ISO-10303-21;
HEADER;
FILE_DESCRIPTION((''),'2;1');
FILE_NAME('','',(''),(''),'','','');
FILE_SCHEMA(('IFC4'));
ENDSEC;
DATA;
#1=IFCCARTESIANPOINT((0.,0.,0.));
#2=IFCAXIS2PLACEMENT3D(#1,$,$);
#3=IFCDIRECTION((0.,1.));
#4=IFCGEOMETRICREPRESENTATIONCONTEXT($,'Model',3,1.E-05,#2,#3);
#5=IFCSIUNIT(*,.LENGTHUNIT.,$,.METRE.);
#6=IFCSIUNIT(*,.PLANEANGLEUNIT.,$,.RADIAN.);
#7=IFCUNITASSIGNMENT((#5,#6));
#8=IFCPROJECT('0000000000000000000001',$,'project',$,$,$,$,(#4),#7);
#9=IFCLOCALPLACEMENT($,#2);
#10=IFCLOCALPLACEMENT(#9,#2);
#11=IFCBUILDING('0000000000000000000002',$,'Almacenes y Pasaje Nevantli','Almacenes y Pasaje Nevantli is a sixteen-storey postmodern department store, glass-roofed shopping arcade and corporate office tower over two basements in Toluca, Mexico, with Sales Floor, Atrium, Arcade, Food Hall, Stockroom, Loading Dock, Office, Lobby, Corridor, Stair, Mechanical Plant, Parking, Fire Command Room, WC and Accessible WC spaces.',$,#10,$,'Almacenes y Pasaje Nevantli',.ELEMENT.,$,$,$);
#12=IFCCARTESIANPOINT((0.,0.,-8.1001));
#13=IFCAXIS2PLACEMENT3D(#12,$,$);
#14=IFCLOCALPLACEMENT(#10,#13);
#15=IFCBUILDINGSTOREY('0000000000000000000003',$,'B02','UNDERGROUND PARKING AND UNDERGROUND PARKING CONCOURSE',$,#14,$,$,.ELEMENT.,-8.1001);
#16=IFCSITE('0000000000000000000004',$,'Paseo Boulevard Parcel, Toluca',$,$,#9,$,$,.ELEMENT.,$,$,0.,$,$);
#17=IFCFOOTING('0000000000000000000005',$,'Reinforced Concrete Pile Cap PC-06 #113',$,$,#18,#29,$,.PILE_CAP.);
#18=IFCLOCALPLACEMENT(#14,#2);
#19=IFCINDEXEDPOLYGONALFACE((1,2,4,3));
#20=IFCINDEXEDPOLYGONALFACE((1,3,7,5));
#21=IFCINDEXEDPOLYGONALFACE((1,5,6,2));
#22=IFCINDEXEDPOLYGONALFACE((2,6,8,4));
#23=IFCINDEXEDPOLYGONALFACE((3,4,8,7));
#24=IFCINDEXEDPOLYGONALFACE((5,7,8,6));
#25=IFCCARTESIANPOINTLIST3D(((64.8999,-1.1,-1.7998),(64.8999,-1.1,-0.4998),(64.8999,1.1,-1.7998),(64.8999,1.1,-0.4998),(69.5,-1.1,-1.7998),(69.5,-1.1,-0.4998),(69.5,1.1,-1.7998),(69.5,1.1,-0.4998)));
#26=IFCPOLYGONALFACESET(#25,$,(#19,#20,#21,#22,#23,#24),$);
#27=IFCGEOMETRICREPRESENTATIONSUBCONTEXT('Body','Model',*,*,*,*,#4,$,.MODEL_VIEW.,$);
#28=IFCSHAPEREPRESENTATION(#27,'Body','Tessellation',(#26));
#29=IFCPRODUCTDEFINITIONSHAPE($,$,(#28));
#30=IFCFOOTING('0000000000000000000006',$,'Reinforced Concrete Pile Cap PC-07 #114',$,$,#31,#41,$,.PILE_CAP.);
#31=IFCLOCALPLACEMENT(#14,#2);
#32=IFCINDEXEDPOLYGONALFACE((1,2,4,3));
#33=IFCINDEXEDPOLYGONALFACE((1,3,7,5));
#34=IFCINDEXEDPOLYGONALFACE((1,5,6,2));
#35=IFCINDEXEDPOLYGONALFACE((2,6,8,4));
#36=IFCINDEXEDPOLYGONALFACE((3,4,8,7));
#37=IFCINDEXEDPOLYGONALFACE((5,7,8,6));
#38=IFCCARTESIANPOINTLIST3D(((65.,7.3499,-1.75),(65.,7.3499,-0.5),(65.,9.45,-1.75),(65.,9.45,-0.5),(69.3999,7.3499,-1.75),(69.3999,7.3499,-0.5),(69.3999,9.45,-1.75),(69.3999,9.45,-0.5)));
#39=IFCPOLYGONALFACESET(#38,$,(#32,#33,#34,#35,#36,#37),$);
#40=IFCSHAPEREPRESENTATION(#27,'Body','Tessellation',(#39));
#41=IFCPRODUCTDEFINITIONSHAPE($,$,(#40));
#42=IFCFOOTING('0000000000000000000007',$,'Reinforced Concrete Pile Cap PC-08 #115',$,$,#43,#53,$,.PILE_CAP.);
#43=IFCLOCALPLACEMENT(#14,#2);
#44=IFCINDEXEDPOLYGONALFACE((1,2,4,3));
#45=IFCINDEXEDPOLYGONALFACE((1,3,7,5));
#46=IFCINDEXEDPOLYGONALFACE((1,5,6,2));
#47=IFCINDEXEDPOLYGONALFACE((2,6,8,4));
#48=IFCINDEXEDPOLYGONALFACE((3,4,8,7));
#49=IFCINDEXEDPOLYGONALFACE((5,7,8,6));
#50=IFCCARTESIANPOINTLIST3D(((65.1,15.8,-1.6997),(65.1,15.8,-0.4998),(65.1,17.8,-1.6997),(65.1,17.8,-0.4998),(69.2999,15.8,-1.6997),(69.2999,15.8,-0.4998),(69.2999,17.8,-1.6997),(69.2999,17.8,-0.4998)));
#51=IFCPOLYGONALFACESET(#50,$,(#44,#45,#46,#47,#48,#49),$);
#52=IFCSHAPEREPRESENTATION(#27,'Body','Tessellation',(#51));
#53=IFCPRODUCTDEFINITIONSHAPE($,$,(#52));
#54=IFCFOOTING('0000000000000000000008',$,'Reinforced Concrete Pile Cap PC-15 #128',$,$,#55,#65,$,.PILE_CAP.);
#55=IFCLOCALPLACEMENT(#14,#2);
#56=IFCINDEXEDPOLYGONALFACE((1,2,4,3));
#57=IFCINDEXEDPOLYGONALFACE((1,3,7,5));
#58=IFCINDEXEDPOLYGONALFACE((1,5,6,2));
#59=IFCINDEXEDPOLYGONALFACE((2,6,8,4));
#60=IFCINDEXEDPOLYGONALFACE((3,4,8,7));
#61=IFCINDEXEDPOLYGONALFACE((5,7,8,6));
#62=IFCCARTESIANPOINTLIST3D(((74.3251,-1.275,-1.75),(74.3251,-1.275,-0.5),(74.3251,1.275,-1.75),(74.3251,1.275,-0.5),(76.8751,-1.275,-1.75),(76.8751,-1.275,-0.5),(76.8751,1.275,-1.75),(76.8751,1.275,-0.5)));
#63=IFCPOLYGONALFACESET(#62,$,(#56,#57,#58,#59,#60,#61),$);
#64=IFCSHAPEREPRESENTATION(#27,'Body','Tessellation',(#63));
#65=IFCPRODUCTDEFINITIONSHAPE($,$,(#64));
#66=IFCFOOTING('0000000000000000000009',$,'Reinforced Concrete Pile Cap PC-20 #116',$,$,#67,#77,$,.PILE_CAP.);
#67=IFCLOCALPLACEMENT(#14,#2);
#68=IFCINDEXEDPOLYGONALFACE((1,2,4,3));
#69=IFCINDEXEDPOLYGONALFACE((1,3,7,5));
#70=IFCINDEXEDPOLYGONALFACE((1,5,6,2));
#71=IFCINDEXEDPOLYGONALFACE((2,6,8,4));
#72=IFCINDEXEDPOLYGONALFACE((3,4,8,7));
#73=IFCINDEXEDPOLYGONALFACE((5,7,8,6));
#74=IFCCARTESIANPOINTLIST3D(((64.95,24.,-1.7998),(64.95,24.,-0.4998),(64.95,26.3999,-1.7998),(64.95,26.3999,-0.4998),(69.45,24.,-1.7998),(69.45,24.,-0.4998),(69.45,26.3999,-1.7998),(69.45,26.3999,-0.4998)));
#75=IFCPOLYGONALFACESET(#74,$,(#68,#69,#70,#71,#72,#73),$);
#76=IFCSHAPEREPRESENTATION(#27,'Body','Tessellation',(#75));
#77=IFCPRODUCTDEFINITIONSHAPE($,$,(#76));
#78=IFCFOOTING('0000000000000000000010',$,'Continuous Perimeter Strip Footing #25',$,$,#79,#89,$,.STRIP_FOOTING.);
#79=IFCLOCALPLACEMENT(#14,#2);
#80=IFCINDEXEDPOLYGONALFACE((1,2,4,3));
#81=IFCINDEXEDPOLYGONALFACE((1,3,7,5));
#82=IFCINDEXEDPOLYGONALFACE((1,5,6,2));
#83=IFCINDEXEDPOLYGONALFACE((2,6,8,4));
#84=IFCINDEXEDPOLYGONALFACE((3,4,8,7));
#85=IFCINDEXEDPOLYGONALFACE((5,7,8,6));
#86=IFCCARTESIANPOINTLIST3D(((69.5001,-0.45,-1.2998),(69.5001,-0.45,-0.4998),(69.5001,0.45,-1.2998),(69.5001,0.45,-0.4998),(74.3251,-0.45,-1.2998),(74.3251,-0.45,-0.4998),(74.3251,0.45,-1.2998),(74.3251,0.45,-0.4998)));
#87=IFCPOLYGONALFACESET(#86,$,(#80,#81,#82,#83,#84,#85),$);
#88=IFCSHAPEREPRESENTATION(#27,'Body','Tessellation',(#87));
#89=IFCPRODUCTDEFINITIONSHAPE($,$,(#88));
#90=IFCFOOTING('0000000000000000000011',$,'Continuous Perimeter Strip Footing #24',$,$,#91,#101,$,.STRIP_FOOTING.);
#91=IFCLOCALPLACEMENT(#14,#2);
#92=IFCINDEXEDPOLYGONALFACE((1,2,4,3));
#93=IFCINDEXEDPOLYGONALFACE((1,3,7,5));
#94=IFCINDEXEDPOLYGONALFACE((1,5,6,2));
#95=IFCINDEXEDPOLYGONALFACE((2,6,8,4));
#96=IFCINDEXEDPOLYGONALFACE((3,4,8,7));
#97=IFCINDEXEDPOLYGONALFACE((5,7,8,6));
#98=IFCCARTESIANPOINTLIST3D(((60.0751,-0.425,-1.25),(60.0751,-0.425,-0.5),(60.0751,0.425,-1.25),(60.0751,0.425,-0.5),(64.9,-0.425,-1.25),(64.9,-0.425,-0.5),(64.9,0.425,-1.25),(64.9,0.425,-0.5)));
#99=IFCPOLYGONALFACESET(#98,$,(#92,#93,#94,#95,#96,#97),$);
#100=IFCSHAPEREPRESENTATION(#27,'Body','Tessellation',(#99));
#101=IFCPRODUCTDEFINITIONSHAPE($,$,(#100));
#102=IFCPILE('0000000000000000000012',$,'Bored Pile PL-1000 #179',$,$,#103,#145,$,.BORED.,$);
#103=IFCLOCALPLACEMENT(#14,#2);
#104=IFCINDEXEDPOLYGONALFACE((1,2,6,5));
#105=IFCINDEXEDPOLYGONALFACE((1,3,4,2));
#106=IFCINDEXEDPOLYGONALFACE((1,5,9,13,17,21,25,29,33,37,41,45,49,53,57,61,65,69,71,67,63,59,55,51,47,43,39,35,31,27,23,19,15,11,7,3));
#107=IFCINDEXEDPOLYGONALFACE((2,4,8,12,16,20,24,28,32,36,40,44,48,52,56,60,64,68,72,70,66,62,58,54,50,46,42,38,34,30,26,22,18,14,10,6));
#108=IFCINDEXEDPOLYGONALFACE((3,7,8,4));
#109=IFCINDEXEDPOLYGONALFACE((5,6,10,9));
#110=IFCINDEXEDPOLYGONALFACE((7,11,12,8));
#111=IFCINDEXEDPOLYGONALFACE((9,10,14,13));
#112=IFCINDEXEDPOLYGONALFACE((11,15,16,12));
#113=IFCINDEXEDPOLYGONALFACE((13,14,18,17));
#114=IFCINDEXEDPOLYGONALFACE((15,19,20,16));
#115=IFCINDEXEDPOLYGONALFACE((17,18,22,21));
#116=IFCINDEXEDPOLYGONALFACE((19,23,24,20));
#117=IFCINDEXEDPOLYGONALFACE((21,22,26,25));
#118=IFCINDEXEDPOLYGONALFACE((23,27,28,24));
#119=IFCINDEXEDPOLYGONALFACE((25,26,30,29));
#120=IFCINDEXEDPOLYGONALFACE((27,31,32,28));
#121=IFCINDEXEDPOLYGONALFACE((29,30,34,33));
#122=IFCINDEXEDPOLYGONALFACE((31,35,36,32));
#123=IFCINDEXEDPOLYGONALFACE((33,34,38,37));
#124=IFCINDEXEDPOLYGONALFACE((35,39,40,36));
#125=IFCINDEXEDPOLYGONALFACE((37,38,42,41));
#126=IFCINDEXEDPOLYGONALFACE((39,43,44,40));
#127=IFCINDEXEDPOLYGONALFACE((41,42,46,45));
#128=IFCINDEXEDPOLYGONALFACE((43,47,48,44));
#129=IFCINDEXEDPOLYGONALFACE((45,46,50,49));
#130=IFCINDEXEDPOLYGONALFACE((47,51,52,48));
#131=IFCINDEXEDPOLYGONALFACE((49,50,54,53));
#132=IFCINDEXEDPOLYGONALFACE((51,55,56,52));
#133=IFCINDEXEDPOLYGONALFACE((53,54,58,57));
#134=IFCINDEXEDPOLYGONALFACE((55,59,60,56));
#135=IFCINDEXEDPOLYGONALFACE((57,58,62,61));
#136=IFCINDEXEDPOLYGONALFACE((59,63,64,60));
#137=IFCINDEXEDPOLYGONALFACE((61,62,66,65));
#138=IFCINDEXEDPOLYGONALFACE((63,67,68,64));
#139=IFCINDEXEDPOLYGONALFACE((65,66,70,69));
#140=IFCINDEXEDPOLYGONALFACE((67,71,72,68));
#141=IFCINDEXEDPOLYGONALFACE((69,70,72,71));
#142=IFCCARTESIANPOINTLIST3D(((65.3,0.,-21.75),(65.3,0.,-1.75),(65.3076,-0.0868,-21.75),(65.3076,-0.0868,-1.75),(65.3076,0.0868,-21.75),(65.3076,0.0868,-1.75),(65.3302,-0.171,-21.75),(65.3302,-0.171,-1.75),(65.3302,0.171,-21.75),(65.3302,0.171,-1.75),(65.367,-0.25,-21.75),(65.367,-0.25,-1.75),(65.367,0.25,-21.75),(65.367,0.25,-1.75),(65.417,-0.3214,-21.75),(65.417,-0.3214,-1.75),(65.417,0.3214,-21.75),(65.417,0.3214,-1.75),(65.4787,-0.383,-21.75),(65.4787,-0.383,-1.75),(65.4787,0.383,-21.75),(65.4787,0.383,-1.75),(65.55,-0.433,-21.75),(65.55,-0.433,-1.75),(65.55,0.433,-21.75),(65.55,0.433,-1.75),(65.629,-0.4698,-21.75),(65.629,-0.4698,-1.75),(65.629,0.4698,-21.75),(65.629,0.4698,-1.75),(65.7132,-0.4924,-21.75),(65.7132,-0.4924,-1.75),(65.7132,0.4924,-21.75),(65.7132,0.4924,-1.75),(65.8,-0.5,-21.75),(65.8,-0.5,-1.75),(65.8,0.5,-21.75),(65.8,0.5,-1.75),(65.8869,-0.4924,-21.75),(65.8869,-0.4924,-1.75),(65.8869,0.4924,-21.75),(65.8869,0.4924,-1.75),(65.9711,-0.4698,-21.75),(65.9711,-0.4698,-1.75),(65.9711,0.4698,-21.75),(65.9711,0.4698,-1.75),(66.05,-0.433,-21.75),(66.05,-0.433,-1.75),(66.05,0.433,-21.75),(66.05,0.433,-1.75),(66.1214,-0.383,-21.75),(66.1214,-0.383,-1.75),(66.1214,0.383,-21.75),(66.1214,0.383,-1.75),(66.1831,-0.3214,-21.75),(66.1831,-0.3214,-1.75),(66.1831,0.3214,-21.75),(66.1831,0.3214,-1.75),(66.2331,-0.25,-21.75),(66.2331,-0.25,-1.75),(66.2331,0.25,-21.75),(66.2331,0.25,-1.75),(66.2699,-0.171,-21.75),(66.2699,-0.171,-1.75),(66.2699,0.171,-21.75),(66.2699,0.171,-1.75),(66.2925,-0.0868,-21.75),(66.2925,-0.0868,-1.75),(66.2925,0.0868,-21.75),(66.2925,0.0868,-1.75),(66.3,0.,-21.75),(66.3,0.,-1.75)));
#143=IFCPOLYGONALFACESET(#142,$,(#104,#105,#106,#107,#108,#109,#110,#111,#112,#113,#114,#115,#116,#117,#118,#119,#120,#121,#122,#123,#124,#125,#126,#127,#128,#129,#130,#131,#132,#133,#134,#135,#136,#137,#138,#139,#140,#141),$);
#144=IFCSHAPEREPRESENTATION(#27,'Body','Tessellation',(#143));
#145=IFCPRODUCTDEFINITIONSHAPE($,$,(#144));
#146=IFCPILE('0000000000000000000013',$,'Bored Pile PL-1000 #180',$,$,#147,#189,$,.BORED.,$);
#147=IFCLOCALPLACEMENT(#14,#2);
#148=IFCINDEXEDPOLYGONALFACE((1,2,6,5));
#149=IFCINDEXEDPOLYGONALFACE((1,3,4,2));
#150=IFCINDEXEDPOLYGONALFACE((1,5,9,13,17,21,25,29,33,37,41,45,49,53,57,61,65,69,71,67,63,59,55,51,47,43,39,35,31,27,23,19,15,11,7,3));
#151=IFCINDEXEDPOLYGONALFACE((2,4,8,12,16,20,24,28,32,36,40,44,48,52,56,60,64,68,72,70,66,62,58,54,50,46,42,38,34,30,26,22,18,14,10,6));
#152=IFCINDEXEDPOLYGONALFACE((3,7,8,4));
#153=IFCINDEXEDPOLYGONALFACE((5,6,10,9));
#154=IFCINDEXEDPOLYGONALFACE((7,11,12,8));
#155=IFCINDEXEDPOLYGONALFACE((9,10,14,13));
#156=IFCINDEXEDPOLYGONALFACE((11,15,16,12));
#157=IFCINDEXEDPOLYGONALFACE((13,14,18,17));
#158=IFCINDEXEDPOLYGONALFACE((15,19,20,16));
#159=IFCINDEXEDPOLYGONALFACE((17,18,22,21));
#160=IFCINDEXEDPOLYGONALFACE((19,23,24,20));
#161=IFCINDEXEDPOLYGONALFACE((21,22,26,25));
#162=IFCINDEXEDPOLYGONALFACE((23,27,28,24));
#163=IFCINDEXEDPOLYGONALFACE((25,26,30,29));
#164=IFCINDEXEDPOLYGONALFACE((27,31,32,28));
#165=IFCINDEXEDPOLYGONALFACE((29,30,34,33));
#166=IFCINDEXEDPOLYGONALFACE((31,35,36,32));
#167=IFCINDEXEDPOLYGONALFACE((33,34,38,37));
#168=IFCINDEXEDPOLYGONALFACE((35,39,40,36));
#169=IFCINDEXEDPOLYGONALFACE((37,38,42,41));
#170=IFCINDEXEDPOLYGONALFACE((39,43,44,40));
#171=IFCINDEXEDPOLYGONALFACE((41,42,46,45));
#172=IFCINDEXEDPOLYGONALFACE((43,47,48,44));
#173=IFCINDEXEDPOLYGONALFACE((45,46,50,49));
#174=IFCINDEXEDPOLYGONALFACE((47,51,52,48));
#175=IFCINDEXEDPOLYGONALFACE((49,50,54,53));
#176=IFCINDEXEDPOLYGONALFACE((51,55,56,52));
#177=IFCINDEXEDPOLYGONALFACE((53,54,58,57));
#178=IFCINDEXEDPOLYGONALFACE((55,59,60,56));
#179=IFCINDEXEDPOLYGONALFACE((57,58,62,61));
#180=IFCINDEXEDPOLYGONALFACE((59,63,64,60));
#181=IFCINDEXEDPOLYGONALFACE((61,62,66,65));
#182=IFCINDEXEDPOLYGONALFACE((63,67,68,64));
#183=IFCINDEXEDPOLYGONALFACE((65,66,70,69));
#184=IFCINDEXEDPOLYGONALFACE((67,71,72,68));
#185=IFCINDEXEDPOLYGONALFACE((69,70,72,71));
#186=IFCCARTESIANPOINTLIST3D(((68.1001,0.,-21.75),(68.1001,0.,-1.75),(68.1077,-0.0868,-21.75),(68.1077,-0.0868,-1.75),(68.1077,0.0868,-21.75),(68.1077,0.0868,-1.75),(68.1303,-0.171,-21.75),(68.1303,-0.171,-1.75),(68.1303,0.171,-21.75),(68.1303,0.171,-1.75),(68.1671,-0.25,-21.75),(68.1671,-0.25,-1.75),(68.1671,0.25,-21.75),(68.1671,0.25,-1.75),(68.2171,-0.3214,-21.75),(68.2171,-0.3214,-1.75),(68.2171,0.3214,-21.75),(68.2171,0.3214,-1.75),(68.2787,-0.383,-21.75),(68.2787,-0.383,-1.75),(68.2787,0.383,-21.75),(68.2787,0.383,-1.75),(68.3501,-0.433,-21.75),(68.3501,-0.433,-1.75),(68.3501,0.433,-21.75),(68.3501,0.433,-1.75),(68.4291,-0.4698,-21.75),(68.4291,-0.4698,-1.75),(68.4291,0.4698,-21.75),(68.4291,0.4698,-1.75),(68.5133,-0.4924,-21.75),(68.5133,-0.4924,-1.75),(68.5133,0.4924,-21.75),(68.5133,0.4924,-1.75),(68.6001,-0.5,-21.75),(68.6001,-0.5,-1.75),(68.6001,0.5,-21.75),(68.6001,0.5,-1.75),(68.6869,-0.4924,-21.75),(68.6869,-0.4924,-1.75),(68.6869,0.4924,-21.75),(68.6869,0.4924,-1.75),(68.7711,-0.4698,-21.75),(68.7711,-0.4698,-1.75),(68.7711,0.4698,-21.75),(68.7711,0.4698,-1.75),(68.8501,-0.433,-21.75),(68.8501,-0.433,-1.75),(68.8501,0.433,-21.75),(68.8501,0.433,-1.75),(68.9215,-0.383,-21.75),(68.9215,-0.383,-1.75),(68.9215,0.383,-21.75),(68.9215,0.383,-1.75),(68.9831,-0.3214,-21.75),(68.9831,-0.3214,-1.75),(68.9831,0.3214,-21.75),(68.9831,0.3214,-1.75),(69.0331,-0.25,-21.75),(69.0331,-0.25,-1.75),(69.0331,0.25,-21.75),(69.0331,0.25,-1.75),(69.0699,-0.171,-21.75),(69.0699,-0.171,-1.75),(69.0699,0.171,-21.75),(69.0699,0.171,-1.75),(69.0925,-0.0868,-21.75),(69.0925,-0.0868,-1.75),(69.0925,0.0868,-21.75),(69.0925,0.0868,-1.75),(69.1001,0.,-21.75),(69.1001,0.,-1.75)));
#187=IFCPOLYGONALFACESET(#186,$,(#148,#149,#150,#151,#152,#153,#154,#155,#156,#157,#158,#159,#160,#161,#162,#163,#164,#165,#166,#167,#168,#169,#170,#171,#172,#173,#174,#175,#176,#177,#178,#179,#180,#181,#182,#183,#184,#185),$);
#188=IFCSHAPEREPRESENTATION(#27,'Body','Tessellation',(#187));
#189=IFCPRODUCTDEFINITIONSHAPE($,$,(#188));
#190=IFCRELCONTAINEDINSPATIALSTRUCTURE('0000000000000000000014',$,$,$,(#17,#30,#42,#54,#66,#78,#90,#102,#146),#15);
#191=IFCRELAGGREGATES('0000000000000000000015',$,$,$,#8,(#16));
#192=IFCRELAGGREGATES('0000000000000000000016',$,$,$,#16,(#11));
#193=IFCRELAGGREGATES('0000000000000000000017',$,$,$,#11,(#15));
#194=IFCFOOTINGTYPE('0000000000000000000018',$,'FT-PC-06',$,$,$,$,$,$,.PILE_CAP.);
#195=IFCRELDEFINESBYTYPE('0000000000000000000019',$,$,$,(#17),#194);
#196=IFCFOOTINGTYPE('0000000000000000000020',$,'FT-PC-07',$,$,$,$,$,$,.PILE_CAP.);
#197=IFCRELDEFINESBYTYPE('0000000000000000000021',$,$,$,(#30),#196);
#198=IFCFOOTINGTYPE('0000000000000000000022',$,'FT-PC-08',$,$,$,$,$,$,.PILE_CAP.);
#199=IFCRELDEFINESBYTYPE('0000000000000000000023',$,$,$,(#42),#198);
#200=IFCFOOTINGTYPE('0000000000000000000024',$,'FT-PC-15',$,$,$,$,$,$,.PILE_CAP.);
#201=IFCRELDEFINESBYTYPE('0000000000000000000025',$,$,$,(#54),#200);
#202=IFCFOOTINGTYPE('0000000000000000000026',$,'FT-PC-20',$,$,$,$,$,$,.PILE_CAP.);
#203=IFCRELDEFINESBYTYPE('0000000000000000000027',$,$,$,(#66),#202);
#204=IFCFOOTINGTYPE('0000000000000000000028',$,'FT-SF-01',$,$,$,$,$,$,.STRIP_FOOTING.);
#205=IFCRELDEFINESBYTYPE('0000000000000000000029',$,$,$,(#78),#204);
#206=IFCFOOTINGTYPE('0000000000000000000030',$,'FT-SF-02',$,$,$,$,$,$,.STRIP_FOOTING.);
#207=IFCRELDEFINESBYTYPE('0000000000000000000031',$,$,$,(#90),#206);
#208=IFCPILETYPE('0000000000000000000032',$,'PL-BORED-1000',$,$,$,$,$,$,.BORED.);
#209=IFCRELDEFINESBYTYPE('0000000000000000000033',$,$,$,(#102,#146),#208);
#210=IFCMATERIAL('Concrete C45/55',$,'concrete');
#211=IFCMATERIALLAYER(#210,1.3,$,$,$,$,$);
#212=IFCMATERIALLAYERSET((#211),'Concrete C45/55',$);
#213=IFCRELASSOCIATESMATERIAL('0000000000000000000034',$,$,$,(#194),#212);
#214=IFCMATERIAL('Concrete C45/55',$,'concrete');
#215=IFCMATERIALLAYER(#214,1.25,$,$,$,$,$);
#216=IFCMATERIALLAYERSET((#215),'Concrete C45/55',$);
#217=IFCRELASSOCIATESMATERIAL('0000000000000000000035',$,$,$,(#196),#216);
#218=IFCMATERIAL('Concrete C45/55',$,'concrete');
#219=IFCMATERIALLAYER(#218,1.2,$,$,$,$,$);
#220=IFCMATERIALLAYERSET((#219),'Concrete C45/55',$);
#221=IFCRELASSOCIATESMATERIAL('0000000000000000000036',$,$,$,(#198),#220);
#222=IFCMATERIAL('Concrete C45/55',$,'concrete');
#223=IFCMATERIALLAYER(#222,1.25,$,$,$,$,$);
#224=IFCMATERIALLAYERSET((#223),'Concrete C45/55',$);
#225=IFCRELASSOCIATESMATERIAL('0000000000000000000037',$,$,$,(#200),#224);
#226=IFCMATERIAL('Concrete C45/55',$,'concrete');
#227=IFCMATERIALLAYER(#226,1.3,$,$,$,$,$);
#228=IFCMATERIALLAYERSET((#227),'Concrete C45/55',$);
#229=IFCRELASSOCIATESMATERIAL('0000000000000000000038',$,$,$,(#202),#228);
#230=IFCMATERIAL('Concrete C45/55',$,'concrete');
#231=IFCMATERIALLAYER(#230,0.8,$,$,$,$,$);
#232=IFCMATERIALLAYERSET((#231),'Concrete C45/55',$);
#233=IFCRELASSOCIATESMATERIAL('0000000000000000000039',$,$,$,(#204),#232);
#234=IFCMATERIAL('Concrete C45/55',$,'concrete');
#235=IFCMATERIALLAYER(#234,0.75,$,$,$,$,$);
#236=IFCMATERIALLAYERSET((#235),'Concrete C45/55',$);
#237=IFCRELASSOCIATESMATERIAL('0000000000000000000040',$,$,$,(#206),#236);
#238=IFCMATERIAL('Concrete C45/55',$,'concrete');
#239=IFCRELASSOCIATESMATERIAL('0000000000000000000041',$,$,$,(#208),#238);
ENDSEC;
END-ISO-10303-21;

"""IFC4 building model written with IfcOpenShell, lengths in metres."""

from ifc_helpers import new_model, si_unit, direction, frame, origin, origin_2d, place, context, subcontext, project, spatial, rectangle, circle, extrude, material, layer, layer_set, material_profile, profile_set, type_object, element, save


model = new_model("IFC4")

# Units and contexts
model_context = context("Model", 3, precision=1e-05, world=origin(), true_north=direction((0.0, 1.0)))
body_context = subcontext(model_context, "Body", "Model", "MODEL_VIEW")
ifc_project = project(units=[si_unit("LENGTHUNIT", "METRE"), si_unit("PLANEANGLEUNIT", "RADIAN")], contexts=[model_context])

# Site, building, storey
site_placement = place(None, origin())
site = spatial("IfcSite", under=ifc_project, at=site_placement, Name="Paseo Boulevard Parcel, Toluca", CompositionType="ELEMENT", RefElevation=0.0)
building_placement = place(site_placement, origin())
building = spatial("IfcBuilding", under=site, at=building_placement, Name="Almacenes y Pasaje Nevantli", Description="Almacenes y Pasaje Nevantli is a sixteen-storey postmodern department store, glass-roofed shopping arcade and corporate office tower over two basements in Toluca, Mexico, with Sales Floor, Atrium, Arcade, Food Hall, Stockroom, Loading Dock, Office, Lobby, Corridor, Stair, Mechanical Plant, Parking, Fire Command Room, WC and Accessible WC spaces.", LongName="Almacenes y Pasaje Nevantli", CompositionType="ELEMENT")
storey_placement = place(building_placement, frame((0.0, 0.0, -8.1001)))
storey = spatial("IfcBuildingStorey", under=building, at=storey_placement, Name="B02", Description="UNDERGROUND PARKING AND UNDERGROUND PARKING CONCOURSE", CompositionType="ELEMENT", Elevation=-8.1001)

# Footings
ifc_material_1 = material(Name="Concrete C45/55", Category="concrete")
ifc_layer_1 = layer(ifc_material_1, 1.3)
ifc_layer_set_1 = layer_set([ifc_layer_1], Name="Concrete C45/55")
footing_type_1 = type_object("IfcFootingType", Name="FT-PC-06", PredefinedType="PILE_CAP", material=ifc_layer_set_1)
footing_1_placement = place(storey_placement, frame((67.2, 0.0, -1.7998), z_axis=(0.0, 0.0, 1.0), x_axis=(1.0, 0.0, 0.0)))
element("IfcFooting", 1, at=footing_1_placement, inside=storey, type_object=footing_type_1, Name="Reinforced Concrete Pile Cap PC-06 #113", PredefinedType="PILE_CAP", context=body_context, shape_type="SweptSolid", body=[
    extrude(rectangle(XDim=4.6001, YDim=2.2, at=origin_2d()), origin(), (0.0, 0.0, 1.0), 1.3),
])
ifc_material_2 = material(Name="Concrete C45/55", Category="concrete")
ifc_layer_2 = layer(ifc_material_2, 1.25)
ifc_layer_set_2 = layer_set([ifc_layer_2], Name="Concrete C45/55")
footing_type_2 = type_object("IfcFootingType", Name="FT-PC-07", PredefinedType="PILE_CAP", material=ifc_layer_set_2)
footing_2_placement = place(storey_placement, frame((67.2, 8.3999, -1.75), z_axis=(0.0, 0.0, 1.0), x_axis=(1.0, 0.0, 0.0)))
element("IfcFooting", 2, at=footing_2_placement, inside=storey, type_object=footing_type_2, Name="Reinforced Concrete Pile Cap PC-07 #114", PredefinedType="PILE_CAP", context=body_context, shape_type="SweptSolid", body=[
    extrude(rectangle(XDim=4.3999, YDim=2.1001, at=origin_2d()), origin(), (0.0, 0.0, 1.0), 1.25),
])
ifc_material_3 = material(Name="Concrete C45/55", Category="concrete")
ifc_layer_3 = layer(ifc_material_3, 1.2)
ifc_layer_set_3 = layer_set([ifc_layer_3], Name="Concrete C45/55")
footing_type_3 = type_object("IfcFootingType", Name="FT-PC-08", PredefinedType="PILE_CAP", material=ifc_layer_set_3)
footing_3_placement = place(storey_placement, frame((67.2, 16.8, -1.6997), z_axis=(0.0, 0.0, 1.0), x_axis=(1.0, 0.0, 0.0)))
element("IfcFooting", 3, at=footing_3_placement, inside=storey, type_object=footing_type_3, Name="Reinforced Concrete Pile Cap PC-08 #115", PredefinedType="PILE_CAP", context=body_context, shape_type="SweptSolid", body=[
    extrude(rectangle(XDim=4.2, YDim=2.0, at=origin_2d()), origin(), (0.0, 0.0, 1.0), 1.2),
])
ifc_material_4 = material(Name="Concrete C45/55", Category="concrete")
ifc_layer_4 = layer(ifc_material_4, 1.25)
ifc_layer_set_4 = layer_set([ifc_layer_4], Name="Concrete C45/55")
footing_type_4 = type_object("IfcFootingType", Name="FT-PC-15", PredefinedType="PILE_CAP", material=ifc_layer_set_4)
footing_4_placement = place(storey_placement, frame((75.6001, 0.0, -1.75), z_axis=(0.0, 0.0, 1.0), x_axis=(1.0, 0.0, 0.0)))
element("IfcFooting", 4, at=footing_4_placement, inside=storey, type_object=footing_type_4, Name="Reinforced Concrete Pile Cap PC-15 #128", PredefinedType="PILE_CAP", context=body_context, shape_type="SweptSolid", body=[
    extrude(rectangle(XDim=2.55, YDim=2.55, at=origin_2d()), origin(), (0.0, 0.0, 1.0), 1.25),
])
ifc_material_5 = material(Name="Concrete C45/55", Category="concrete")
ifc_layer_5 = layer(ifc_material_5, 1.3)
ifc_layer_set_5 = layer_set([ifc_layer_5], Name="Concrete C45/55")
footing_type_5 = type_object("IfcFootingType", Name="FT-PC-20", PredefinedType="PILE_CAP", material=ifc_layer_set_5)
footing_5_placement = place(storey_placement, frame((67.2, 25.2, -1.7998), z_axis=(0.0, 0.0, 1.0), x_axis=(1.0, 0.0, 0.0)))
element("IfcFooting", 5, at=footing_5_placement, inside=storey, type_object=footing_type_5, Name="Reinforced Concrete Pile Cap PC-20 #116", PredefinedType="PILE_CAP", context=body_context, shape_type="SweptSolid", body=[
    extrude(rectangle(XDim=4.5, YDim=2.3999, at=origin_2d()), origin(), (0.0, 0.0, 1.0), 1.3),
])
ifc_material_6 = material(Name="Concrete C45/55", Category="concrete")
ifc_layer_6 = layer(ifc_material_6, 0.8)
ifc_layer_set_6 = layer_set([ifc_layer_6], Name="Concrete C45/55")
footing_type_6 = type_object("IfcFootingType", Name="FT-SF-01", PredefinedType="STRIP_FOOTING", material=ifc_layer_set_6)
footing_6_placement = place(storey_placement, frame((71.9126, 0.0, -1.2998), z_axis=(0.0, 0.0, 1.0), x_axis=(1.0, 0.0, 0.0)))
element("IfcFooting", 6, at=footing_6_placement, inside=storey, type_object=footing_type_6, Name="Continuous Perimeter Strip Footing #25", PredefinedType="STRIP_FOOTING", context=body_context, shape_type="SweptSolid", body=[
    extrude(rectangle(XDim=4.825, YDim=0.8999, at=origin_2d()), origin(), (0.0, 0.0, 1.0), 0.8),
])
ifc_material_7 = material(Name="Concrete C45/55", Category="concrete")
ifc_layer_7 = layer(ifc_material_7, 0.75)
ifc_layer_set_7 = layer_set([ifc_layer_7], Name="Concrete C45/55")
footing_type_7 = type_object("IfcFootingType", Name="FT-SF-02", PredefinedType="STRIP_FOOTING", material=ifc_layer_set_7)
footing_7_placement = place(storey_placement, frame((62.4875, 0.0, -1.25), z_axis=(0.0, 0.0, 1.0), x_axis=(1.0, 0.0, 0.0)))
element("IfcFooting", 7, at=footing_7_placement, inside=storey, type_object=footing_type_7, Name="Continuous Perimeter Strip Footing #24", PredefinedType="STRIP_FOOTING", context=body_context, shape_type="SweptSolid", body=[
    extrude(rectangle(XDim=4.825, YDim=0.8501, at=origin_2d()), origin(), (0.0, 0.0, 1.0), 0.75),
])

# Piles
ifc_material_8 = material(Name="Concrete C45/55", Category="concrete")
ifc_material_profile_1 = material_profile(ifc_material_8, circle(Radius=0.5, at=origin_2d()), Name="RC-PILE-D1000")
ifc_profile_set_1 = profile_set([ifc_material_profile_1], Name="Concrete C45/55")
pile_type_1 = type_object("IfcPileType", Name="PL-BORED-1000", PredefinedType="BORED", material=ifc_profile_set_1)
for number, where, z_axis, x_axis, name in (
    (8, (65.8, 0.0, -1.75), (0.0, 0.0, -1.0), (1.0, 0.0, 0.0), "Bored Pile PL-1000 #179"),
    (9, (68.6001, 0.0, -1.75), (0.0, 0.0, -1.0), (1.0, 0.0, 0.0), "Bored Pile PL-1000 #180"),
):
    element("IfcPile", number, at=place(storey_placement, frame(where, z_axis=z_axis, x_axis=x_axis)), inside=storey, type_object=pile_type_1, Name=name, PredefinedType="BORED", context=body_context, shape_type="SweptSolid", body=[
        extrude(circle(Radius=0.5, at=origin_2d()), origin(), (0.0, 0.0, 1.0), 20.0),
    ])

save(model, "model.ifc")
